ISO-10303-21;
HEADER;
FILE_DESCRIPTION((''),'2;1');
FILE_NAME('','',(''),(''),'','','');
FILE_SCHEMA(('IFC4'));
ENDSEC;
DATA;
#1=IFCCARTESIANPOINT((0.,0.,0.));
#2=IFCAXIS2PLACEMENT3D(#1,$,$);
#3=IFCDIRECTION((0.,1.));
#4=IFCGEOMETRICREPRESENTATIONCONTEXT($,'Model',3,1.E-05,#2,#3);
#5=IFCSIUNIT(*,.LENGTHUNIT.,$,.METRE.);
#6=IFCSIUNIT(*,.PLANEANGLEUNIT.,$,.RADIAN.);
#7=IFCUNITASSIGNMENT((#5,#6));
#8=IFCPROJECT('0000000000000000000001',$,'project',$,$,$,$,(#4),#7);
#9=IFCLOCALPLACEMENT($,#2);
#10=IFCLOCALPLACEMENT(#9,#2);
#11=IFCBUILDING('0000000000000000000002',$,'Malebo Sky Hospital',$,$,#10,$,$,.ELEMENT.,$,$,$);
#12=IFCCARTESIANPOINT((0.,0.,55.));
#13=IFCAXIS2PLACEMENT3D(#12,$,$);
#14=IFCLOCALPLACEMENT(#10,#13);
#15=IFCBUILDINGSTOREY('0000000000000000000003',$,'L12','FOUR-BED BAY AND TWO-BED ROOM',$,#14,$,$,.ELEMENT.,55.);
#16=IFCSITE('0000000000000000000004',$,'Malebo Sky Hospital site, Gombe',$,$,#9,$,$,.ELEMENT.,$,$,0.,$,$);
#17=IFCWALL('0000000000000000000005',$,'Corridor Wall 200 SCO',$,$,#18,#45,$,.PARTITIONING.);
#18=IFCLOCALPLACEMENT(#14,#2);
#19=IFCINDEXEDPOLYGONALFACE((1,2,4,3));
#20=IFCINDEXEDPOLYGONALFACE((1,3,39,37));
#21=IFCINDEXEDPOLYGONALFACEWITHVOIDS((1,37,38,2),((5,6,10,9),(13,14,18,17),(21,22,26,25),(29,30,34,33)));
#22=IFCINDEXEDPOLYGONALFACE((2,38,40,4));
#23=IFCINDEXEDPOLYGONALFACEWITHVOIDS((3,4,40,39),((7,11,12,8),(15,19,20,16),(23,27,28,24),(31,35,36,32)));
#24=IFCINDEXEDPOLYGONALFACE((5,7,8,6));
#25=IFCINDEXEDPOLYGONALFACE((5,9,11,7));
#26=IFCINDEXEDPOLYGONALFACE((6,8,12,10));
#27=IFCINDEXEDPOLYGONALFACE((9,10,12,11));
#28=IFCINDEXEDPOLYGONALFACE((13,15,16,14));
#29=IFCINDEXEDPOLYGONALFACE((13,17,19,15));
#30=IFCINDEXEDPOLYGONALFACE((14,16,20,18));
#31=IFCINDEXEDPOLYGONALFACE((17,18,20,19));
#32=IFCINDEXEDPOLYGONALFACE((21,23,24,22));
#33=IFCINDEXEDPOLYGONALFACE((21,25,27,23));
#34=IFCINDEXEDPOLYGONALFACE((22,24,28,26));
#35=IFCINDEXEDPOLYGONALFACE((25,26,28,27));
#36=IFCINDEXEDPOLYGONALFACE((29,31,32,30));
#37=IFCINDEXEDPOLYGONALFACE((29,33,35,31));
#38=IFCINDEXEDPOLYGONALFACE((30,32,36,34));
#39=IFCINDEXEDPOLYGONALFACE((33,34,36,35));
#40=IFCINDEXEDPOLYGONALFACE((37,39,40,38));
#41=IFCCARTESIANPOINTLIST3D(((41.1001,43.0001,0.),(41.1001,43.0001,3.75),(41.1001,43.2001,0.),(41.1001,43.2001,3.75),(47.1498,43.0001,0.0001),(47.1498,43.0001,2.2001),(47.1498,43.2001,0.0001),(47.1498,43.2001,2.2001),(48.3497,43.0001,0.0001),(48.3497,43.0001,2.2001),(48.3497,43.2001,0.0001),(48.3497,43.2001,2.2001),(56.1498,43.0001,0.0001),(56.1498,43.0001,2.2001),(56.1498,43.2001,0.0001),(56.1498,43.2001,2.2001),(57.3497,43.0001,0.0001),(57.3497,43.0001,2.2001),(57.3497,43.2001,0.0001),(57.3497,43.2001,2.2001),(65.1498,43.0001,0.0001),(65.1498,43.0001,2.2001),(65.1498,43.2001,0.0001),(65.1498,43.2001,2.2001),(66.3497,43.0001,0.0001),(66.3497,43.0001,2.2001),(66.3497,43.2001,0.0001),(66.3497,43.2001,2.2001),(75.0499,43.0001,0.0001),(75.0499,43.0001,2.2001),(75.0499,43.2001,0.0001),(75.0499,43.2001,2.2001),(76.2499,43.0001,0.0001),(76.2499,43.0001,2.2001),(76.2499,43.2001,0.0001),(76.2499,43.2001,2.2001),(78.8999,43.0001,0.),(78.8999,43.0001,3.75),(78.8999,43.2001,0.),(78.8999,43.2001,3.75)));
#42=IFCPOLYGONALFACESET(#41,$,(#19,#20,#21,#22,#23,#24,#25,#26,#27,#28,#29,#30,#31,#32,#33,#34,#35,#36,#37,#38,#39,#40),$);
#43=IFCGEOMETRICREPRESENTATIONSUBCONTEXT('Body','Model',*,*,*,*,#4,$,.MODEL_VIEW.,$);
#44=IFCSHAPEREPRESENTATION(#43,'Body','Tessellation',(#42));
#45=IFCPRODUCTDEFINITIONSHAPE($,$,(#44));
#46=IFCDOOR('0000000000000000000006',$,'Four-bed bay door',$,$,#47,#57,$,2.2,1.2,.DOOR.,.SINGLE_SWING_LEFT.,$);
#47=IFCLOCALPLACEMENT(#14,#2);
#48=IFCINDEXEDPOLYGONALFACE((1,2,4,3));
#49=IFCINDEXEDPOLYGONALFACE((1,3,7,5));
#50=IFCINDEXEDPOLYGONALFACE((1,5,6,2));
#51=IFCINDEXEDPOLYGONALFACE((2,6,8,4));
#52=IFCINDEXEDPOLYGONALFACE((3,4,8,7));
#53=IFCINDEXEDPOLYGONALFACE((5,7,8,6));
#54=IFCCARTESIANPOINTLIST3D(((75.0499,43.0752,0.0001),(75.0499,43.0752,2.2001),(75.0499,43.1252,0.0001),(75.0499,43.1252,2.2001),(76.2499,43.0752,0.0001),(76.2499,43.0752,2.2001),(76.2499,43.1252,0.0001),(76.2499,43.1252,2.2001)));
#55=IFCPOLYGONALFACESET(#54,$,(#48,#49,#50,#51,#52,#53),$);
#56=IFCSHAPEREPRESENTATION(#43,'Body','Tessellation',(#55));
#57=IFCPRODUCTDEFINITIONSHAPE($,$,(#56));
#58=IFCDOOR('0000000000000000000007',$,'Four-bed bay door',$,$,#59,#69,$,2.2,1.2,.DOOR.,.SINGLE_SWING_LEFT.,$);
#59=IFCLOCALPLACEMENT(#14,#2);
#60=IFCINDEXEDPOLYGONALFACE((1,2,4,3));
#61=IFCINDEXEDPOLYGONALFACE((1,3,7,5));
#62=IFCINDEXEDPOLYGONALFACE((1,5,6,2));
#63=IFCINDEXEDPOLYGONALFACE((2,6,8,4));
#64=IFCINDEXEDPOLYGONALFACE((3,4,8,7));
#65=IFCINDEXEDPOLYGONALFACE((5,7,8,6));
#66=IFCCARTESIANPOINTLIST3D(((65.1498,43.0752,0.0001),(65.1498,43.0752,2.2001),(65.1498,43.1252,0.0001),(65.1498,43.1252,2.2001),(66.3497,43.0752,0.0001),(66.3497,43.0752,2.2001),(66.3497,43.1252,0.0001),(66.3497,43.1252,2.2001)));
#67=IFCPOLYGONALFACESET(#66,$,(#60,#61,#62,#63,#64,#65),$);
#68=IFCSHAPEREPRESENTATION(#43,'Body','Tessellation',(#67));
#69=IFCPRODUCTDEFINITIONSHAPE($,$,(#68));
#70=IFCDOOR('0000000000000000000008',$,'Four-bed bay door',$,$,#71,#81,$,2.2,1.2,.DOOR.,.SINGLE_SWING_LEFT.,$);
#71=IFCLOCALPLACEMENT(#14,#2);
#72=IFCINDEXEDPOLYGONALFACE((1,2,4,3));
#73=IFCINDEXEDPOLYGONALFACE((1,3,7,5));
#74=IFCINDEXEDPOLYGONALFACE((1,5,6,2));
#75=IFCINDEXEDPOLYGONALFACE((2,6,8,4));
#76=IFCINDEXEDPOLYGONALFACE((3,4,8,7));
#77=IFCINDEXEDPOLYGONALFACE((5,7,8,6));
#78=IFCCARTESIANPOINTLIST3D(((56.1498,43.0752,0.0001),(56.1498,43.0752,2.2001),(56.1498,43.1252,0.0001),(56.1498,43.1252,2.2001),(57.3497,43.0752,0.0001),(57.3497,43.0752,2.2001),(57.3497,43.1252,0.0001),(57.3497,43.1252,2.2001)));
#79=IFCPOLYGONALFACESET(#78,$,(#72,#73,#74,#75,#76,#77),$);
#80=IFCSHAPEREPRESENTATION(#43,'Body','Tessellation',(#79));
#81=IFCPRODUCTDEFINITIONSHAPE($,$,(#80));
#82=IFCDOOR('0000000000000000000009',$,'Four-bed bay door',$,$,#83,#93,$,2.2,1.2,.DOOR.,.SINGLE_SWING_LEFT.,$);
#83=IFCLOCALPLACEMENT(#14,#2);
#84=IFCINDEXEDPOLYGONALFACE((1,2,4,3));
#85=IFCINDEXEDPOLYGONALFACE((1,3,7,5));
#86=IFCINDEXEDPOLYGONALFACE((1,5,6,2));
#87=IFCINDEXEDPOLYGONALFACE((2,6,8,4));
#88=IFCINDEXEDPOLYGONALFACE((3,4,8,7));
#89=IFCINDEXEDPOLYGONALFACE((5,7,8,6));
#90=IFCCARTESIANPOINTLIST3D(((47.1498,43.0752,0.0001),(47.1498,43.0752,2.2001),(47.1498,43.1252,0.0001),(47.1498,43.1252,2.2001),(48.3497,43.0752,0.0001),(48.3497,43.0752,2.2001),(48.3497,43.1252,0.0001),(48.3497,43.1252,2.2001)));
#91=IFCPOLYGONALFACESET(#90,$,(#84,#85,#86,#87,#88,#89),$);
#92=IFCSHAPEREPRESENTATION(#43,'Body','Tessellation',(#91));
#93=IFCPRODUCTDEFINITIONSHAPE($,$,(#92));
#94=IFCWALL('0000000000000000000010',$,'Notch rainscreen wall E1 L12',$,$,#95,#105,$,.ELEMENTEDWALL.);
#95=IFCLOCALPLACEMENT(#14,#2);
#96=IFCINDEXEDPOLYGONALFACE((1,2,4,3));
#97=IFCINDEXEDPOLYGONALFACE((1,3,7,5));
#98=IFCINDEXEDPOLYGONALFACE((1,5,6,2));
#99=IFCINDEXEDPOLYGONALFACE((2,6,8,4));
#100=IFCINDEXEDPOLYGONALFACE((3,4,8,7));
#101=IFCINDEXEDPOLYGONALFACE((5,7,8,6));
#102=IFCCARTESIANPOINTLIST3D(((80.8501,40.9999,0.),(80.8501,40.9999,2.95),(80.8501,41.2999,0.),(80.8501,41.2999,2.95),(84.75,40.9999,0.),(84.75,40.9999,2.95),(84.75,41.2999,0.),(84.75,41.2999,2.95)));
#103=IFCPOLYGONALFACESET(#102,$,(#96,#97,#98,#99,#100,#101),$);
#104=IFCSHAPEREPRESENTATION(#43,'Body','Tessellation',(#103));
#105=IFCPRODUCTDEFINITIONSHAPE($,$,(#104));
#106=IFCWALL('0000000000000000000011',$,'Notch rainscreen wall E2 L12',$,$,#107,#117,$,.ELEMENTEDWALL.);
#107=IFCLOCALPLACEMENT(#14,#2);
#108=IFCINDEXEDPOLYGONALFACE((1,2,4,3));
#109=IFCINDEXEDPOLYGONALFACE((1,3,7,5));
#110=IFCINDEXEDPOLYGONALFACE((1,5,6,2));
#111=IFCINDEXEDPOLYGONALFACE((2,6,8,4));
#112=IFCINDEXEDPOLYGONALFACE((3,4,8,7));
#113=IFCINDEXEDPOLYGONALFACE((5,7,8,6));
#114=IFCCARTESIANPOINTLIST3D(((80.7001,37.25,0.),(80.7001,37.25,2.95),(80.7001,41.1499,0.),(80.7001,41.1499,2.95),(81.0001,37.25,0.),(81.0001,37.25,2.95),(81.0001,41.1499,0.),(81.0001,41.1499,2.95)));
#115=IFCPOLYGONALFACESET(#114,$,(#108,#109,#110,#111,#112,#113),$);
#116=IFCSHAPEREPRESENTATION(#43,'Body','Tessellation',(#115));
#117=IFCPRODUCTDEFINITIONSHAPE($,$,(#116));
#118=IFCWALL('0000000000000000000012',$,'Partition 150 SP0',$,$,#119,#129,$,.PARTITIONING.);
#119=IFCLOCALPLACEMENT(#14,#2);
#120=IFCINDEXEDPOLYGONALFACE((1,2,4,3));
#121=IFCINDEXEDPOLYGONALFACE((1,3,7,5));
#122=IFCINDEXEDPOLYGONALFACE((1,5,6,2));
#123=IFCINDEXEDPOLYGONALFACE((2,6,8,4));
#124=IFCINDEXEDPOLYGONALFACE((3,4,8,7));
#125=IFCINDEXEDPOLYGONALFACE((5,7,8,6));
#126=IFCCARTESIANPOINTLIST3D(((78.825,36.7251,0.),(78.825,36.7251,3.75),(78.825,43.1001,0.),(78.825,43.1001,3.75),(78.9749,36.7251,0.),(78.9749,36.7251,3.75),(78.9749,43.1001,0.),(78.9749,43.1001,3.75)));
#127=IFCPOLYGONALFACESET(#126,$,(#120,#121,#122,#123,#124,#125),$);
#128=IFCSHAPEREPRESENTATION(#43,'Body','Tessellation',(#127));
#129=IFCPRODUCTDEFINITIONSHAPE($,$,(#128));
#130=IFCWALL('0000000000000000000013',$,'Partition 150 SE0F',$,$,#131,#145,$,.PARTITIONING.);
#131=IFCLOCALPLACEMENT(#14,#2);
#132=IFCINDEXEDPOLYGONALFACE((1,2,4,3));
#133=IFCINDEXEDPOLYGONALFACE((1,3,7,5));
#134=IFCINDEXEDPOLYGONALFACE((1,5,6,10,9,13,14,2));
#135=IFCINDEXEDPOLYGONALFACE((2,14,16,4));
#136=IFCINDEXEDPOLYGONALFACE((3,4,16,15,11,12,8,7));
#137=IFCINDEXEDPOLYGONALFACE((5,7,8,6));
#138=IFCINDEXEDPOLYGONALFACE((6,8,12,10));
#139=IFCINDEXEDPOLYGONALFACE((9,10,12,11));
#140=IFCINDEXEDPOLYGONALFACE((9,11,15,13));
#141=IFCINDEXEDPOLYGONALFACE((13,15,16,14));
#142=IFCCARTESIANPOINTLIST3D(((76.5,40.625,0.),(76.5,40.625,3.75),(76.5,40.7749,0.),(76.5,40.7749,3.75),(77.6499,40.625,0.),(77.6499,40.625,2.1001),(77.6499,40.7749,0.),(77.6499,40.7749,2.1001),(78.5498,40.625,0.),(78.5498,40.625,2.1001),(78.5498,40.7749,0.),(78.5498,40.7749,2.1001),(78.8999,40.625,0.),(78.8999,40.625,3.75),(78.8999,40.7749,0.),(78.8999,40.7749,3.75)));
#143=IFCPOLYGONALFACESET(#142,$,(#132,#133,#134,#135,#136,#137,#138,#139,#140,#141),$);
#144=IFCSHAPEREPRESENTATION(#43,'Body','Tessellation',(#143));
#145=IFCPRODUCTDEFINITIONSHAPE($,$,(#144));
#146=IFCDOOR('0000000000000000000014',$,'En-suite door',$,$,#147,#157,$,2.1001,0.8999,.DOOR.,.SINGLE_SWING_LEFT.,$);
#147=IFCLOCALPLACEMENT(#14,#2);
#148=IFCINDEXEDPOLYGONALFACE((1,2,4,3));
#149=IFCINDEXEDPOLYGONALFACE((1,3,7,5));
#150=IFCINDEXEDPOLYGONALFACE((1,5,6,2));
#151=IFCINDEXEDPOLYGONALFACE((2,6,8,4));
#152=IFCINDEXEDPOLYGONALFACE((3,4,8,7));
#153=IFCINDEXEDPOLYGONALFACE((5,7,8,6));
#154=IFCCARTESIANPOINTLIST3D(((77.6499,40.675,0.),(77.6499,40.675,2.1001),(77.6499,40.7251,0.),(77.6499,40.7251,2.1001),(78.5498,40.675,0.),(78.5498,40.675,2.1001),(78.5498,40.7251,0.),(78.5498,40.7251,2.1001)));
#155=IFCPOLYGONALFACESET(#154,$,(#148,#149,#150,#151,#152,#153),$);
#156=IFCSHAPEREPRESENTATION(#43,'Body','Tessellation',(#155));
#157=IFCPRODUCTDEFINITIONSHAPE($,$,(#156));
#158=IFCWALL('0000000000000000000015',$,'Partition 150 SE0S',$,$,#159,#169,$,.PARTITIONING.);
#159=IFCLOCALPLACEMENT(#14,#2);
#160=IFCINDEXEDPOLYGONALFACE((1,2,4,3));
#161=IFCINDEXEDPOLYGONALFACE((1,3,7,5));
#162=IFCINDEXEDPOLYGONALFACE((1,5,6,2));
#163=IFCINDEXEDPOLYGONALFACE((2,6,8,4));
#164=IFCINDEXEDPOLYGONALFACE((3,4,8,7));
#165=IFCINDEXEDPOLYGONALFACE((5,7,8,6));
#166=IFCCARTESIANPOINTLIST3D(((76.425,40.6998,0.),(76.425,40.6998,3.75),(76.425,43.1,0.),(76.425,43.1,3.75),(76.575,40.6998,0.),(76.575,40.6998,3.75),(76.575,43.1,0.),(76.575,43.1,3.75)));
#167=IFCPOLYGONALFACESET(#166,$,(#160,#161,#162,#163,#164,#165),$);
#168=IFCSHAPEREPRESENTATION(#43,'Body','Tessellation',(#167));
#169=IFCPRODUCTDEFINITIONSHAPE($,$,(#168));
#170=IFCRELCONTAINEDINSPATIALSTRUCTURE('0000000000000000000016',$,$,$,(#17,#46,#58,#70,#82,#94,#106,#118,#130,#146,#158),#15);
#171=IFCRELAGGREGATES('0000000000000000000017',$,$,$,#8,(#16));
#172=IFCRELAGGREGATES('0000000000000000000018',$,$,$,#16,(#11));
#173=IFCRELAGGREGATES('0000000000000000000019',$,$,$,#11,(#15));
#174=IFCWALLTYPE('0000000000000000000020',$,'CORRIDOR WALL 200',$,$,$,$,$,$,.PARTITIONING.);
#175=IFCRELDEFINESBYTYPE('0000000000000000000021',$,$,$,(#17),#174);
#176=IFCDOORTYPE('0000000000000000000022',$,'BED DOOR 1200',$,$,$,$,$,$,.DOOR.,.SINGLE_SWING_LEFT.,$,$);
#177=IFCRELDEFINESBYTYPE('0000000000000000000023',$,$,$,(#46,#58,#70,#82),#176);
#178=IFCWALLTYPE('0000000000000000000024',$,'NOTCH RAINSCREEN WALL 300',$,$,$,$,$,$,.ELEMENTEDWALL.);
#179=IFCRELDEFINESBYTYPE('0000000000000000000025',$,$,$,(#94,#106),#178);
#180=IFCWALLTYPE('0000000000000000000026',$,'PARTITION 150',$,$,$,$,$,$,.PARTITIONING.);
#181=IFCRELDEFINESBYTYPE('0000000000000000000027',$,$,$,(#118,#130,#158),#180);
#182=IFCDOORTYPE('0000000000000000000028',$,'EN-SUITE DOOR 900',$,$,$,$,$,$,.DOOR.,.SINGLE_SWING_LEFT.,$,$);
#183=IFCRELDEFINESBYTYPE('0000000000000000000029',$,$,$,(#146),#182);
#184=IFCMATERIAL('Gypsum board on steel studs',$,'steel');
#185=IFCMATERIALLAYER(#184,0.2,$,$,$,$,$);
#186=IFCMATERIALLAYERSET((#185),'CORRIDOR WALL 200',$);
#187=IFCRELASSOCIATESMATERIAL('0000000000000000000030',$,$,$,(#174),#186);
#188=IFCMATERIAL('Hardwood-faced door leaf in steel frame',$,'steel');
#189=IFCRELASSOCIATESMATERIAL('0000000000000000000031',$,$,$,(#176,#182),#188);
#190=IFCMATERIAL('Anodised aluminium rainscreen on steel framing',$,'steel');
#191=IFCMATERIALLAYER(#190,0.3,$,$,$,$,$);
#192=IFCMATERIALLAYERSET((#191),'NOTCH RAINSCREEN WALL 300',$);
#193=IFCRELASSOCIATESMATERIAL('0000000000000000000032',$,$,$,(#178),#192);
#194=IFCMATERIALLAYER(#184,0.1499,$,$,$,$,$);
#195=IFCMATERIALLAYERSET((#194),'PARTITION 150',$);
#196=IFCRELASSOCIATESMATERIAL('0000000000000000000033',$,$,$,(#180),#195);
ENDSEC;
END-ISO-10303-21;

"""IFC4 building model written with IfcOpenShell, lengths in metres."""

from ifc_helpers import new_model, si_unit, direction, frame, frame_2d, origin, place, context, subcontext, project, spatial, rectangle, extrude, material, layer, layer_set, type_object, element, fill, save


model = new_model("IFC4")

# Units and contexts
model_context = context("Model", 3, precision=1e-05, world=origin(), true_north=direction((0.0, 1.0)))
body_context = subcontext(model_context, "Body", "Model", "MODEL_VIEW")
ifc_project = project(units=[si_unit("LENGTHUNIT", "METRE"), si_unit("PLANEANGLEUNIT", "RADIAN")], contexts=[model_context])

# Site, building, storey
site_placement = place(None, origin())
site = spatial("IfcSite", under=ifc_project, at=site_placement, Name="Malebo Sky Hospital site, Gombe", CompositionType="ELEMENT", RefElevation=0.0)
building_placement = place(site_placement, origin())
building = spatial("IfcBuilding", under=site, at=building_placement, Name="Malebo Sky Hospital", CompositionType="ELEMENT")
storey_placement = place(building_placement, frame((0.0, 0.0, 55.0)))
storey = spatial("IfcBuildingStorey", under=building, at=storey_placement, Name="L12", Description="FOUR-BED BAY AND TWO-BED ROOM", CompositionType="ELEMENT", Elevation=55.0)

# Wall, openings, doors
ifc_material_1 = material(Name="Gypsum board on steel studs", Category="steel")
ifc_layer_1 = layer(ifc_material_1, 0.2)
ifc_layer_set_1 = layer_set([ifc_layer_1], Name="CORRIDOR WALL 200")
wall_type_1 = type_object("IfcWallType", Name="CORRIDOR WALL 200", PredefinedType="PARTITIONING", material=ifc_layer_set_1)
wall_1_placement = place(storey_placement, frame((78.8999, 43.1001, 0.0), z_axis=(0.0, 0.0, 1.0), x_axis=(-1.0, 0.0, 0.0)))
wall_1 = element("IfcWall", 1, at=wall_1_placement, inside=storey, type_object=wall_type_1, Name="Corridor Wall 200 SCO", PredefinedType="PARTITIONING", context=body_context, shape_type="SweptSolid", body=[
    extrude(rectangle(XDim=37.7998, YDim=0.2, at=frame_2d((18.8999, 0.0))), origin(), (0.0, 0.0, 1.0), 3.75),
])
opening_1_placement = place(wall_1_placement, frame((2.6499, 0.0, 0.0)))
opening_1 = element("IfcOpeningElement", 2, at=opening_1_placement, cuts=wall_1, PredefinedType="OPENING", context=body_context, shape_type="SweptSolid", body=[
    extrude(rectangle(XDim=1.2, YDim=2.2, at=frame_2d((0.6001, 1.1001))), frame((0.0, 0.1099, 0.0), z_axis=(0.0, -1.0, 0.0), x_axis=(1.0, 0.0, 0.0)), (0.0, 0.0, 1.0), 0.22),
])
opening_2_placement = place(wall_1_placement, frame((12.55, 0.0, 0.0)))
opening_2 = element("IfcOpeningElement", 3, at=opening_2_placement, cuts=wall_1, PredefinedType="OPENING", context=body_context, shape_type="SweptSolid", body=[
    extrude(rectangle(XDim=1.2, YDim=2.2, at=frame_2d((0.6001, 1.1001))), frame((0.0, 0.1099, 0.0), z_axis=(0.0, -1.0, 0.0), x_axis=(1.0, 0.0, 0.0)), (0.0, 0.0, 1.0), 0.22),
])
opening_3_placement = place(wall_1_placement, frame((21.55, 0.0, 0.0)))
opening_3 = element("IfcOpeningElement", 4, at=opening_3_placement, cuts=wall_1, PredefinedType="OPENING", context=body_context, shape_type="SweptSolid", body=[
    extrude(rectangle(XDim=1.2, YDim=2.2, at=frame_2d((0.6001, 1.1001))), frame((0.0, 0.1099, 0.0), z_axis=(0.0, -1.0, 0.0), x_axis=(1.0, 0.0, 0.0)), (0.0, 0.0, 1.0), 0.22),
])
opening_4_placement = place(wall_1_placement, frame((30.55, 0.0, 0.0)))
opening_4 = element("IfcOpeningElement", 5, at=opening_4_placement, cuts=wall_1, PredefinedType="OPENING", context=body_context, shape_type="SweptSolid", body=[
    extrude(rectangle(XDim=1.2, YDim=2.2, at=frame_2d((0.6001, 1.1001))), frame((0.0, 0.1099, 0.0), z_axis=(0.0, -1.0, 0.0), x_axis=(1.0, 0.0, 0.0)), (0.0, 0.0, 1.0), 0.22),
])
ifc_material_2 = material(Name="Hardwood-faced door leaf in steel frame", Category="steel")
door_type_1 = type_object("IfcDoorType", Name="BED DOOR 1200", OperationType="SINGLE_SWING_LEFT", PredefinedType="DOOR", material=ifc_material_2)
door_1_placement = place(opening_1_placement, origin())
door_1 = element("IfcDoor", 6, at=door_1_placement, inside=storey, type_object=door_type_1, Name="Four-bed bay door", OperationType="SINGLE_SWING_LEFT", OverallHeight=2.2, OverallWidth=1.2, PredefinedType="DOOR", context=body_context, shape_type="SweptSolid", body=[
    extrude(rectangle(XDim=1.2, YDim=2.2, at=frame_2d((0.6001, 1.1001))), frame((0.0, 0.0249, 0.0), z_axis=(0.0, -1.0, 0.0), x_axis=(1.0, 0.0, 0.0)), (0.0, 0.0, 1.0), 0.05),
])
fill(opening_1, door_1)
door_2_placement = place(opening_2_placement, origin())
door_2 = element("IfcDoor", 7, at=door_2_placement, inside=storey, type_object=door_type_1, Name="Four-bed bay door", OperationType="SINGLE_SWING_LEFT", OverallHeight=2.2, OverallWidth=1.2, PredefinedType="DOOR", context=body_context, shape_type="SweptSolid", body=[
    extrude(rectangle(XDim=1.2, YDim=2.2, at=frame_2d((0.6001, 1.1001))), frame((0.0, 0.0249, 0.0), z_axis=(0.0, -1.0, 0.0), x_axis=(1.0, 0.0, 0.0)), (0.0, 0.0, 1.0), 0.05),
])
fill(opening_2, door_2)
door_3_placement = place(opening_3_placement, origin())
door_3 = element("IfcDoor", 8, at=door_3_placement, inside=storey, type_object=door_type_1, Name="Four-bed bay door", OperationType="SINGLE_SWING_LEFT", OverallHeight=2.2, OverallWidth=1.2, PredefinedType="DOOR", context=body_context, shape_type="SweptSolid", body=[
    extrude(rectangle(XDim=1.2, YDim=2.2, at=frame_2d((0.6001, 1.1001))), frame((0.0, 0.0249, 0.0), z_axis=(0.0, -1.0, 0.0), x_axis=(1.0, 0.0, 0.0)), (0.0, 0.0, 1.0), 0.05),
])
fill(opening_3, door_3)
door_4_placement = place(opening_4_placement, origin())
door_4 = element("IfcDoor", 9, at=door_4_placement, inside=storey, type_object=door_type_1, Name="Four-bed bay door", OperationType="SINGLE_SWING_LEFT", OverallHeight=2.2, OverallWidth=1.2, PredefinedType="DOOR", context=body_context, shape_type="SweptSolid", body=[
    extrude(rectangle(XDim=1.2, YDim=2.2, at=frame_2d((0.6001, 1.1001))), frame((0.0, 0.0249, 0.0), z_axis=(0.0, -1.0, 0.0), x_axis=(1.0, 0.0, 0.0)), (0.0, 0.0, 1.0), 0.05),
])
fill(opening_4, door_4)

# Walls
ifc_material_3 = material(Name="Anodised aluminium rainscreen on steel framing", Category="steel")
ifc_layer_2 = layer(ifc_material_3, 0.3)
ifc_layer_set_2 = layer_set([ifc_layer_2], Name="NOTCH RAINSCREEN WALL 300")
wall_type_2 = type_object("IfcWallType", Name="NOTCH RAINSCREEN WALL 300", PredefinedType="ELEMENTEDWALL", material=ifc_layer_set_2)
for number, where, z_axis, x_axis, name in (
    (10, (84.75, 41.1499, 0.0), (0.0, 0.0, 1.0), (-1.0, 0.0, 0.0), "Notch rainscreen wall E1 L12"),
    (11, (80.8501, 41.1499, 0.0), (0.0, 0.0, 1.0), (0.0, -1.0, 0.0), "Notch rainscreen wall E2 L12"),
):
    element("IfcWall", number, at=place(storey_placement, frame(where, z_axis=z_axis, x_axis=x_axis)), inside=storey, type_object=wall_type_2, Name=name, PredefinedType="ELEMENTEDWALL", context=body_context, shape_type="SweptSolid", body=[
        extrude(rectangle(XDim=3.8999, YDim=0.3, at=frame_2d((1.95, 0.0))), origin(), (0.0, 0.0, 1.0), 2.95),
    ])
ifc_layer_3 = layer(ifc_material_1, 0.1499)
ifc_layer_set_3 = layer_set([ifc_layer_3], Name="PARTITION 150")
wall_type_3 = type_object("IfcWallType", Name="PARTITION 150", PredefinedType="PARTITIONING", material=ifc_layer_set_3)
wall_2_placement = place(storey_placement, frame((78.8999, 43.1001, 0.0), z_axis=(0.0, 0.0, 1.0), x_axis=(0.0, -1.0, 0.0)))
element("IfcWall", 12, at=wall_2_placement, inside=storey, type_object=wall_type_3, Name="Partition 150 SP0", PredefinedType="PARTITIONING", context=body_context, shape_type="SweptSolid", body=[
    extrude(rectangle(XDim=6.375, YDim=0.1499, at=frame_2d((3.1875, 0.0))), origin(), (0.0, 0.0, 1.0), 3.75),
])

# Wall, opening, door
wall_3_placement = place(storey_placement, frame((78.8999, 40.7, 0.0), z_axis=(0.0, 0.0, 1.0), x_axis=(-1.0, 0.0, 0.0)))
wall_3 = element("IfcWall", 13, at=wall_3_placement, inside=storey, type_object=wall_type_3, Name="Partition 150 SE0F", PredefinedType="PARTITIONING", context=body_context, shape_type="SweptSolid", body=[
    extrude(rectangle(XDim=2.3999, YDim=0.1499, at=frame_2d((1.2, 0.0))), origin(), (0.0, 0.0, 1.0), 3.75),
])
opening_5_placement = place(wall_3_placement, frame((0.3501, 0.0, 0.0)))
opening_5 = element("IfcOpeningElement", 14, at=opening_5_placement, cuts=wall_3, PredefinedType="OPENING", context=body_context, shape_type="SweptSolid", body=[
    extrude(rectangle(XDim=0.8999, YDim=2.1001, at=frame_2d((0.45, 1.05))), frame((0.0, 0.085, 0.0), z_axis=(0.0, -1.0, 0.0), x_axis=(1.0, 0.0, 0.0)), (0.0, 0.0, 1.0), 0.1699),
])
door_type_2 = type_object("IfcDoorType", Name="EN-SUITE DOOR 900", OperationType="SINGLE_SWING_LEFT", PredefinedType="DOOR", material=ifc_material_2)
door_5_placement = place(opening_5_placement, origin())
door_5 = element("IfcDoor", 15, at=door_5_placement, inside=storey, type_object=door_type_2, Name="En-suite door", OperationType="SINGLE_SWING_LEFT", OverallHeight=2.1001, OverallWidth=0.8999, PredefinedType="DOOR", context=body_context, shape_type="SweptSolid", body=[
    extrude(rectangle(XDim=0.8999, YDim=2.1001, at=frame_2d((0.45, 1.05))), frame((0.0, 0.0249, 0.0), z_axis=(0.0, -1.0, 0.0), x_axis=(1.0, 0.0, 0.0)), (0.0, 0.0, 1.0), 0.05),
])
fill(opening_5, door_5)

# Wall
for number, where, z_axis, x_axis, name in (
    (16, (76.5, 43.1001, 0.0), (0.0, 0.0, 1.0), (0.0, -1.0, 0.0), "Partition 150 SE0S"),
):
    element("IfcWall", number, at=place(storey_placement, frame(where, z_axis=z_axis, x_axis=x_axis)), inside=storey, type_object=wall_type_3, Name=name, PredefinedType="PARTITIONING", context=body_context, shape_type="SweptSolid", body=[
        extrude(rectangle(XDim=2.4001, YDim=0.1499, at=frame_2d((1.2002, 0.0))), origin(), (0.0, 0.0, 1.0), 3.75),
    ])

save(model, "model.ifc")
